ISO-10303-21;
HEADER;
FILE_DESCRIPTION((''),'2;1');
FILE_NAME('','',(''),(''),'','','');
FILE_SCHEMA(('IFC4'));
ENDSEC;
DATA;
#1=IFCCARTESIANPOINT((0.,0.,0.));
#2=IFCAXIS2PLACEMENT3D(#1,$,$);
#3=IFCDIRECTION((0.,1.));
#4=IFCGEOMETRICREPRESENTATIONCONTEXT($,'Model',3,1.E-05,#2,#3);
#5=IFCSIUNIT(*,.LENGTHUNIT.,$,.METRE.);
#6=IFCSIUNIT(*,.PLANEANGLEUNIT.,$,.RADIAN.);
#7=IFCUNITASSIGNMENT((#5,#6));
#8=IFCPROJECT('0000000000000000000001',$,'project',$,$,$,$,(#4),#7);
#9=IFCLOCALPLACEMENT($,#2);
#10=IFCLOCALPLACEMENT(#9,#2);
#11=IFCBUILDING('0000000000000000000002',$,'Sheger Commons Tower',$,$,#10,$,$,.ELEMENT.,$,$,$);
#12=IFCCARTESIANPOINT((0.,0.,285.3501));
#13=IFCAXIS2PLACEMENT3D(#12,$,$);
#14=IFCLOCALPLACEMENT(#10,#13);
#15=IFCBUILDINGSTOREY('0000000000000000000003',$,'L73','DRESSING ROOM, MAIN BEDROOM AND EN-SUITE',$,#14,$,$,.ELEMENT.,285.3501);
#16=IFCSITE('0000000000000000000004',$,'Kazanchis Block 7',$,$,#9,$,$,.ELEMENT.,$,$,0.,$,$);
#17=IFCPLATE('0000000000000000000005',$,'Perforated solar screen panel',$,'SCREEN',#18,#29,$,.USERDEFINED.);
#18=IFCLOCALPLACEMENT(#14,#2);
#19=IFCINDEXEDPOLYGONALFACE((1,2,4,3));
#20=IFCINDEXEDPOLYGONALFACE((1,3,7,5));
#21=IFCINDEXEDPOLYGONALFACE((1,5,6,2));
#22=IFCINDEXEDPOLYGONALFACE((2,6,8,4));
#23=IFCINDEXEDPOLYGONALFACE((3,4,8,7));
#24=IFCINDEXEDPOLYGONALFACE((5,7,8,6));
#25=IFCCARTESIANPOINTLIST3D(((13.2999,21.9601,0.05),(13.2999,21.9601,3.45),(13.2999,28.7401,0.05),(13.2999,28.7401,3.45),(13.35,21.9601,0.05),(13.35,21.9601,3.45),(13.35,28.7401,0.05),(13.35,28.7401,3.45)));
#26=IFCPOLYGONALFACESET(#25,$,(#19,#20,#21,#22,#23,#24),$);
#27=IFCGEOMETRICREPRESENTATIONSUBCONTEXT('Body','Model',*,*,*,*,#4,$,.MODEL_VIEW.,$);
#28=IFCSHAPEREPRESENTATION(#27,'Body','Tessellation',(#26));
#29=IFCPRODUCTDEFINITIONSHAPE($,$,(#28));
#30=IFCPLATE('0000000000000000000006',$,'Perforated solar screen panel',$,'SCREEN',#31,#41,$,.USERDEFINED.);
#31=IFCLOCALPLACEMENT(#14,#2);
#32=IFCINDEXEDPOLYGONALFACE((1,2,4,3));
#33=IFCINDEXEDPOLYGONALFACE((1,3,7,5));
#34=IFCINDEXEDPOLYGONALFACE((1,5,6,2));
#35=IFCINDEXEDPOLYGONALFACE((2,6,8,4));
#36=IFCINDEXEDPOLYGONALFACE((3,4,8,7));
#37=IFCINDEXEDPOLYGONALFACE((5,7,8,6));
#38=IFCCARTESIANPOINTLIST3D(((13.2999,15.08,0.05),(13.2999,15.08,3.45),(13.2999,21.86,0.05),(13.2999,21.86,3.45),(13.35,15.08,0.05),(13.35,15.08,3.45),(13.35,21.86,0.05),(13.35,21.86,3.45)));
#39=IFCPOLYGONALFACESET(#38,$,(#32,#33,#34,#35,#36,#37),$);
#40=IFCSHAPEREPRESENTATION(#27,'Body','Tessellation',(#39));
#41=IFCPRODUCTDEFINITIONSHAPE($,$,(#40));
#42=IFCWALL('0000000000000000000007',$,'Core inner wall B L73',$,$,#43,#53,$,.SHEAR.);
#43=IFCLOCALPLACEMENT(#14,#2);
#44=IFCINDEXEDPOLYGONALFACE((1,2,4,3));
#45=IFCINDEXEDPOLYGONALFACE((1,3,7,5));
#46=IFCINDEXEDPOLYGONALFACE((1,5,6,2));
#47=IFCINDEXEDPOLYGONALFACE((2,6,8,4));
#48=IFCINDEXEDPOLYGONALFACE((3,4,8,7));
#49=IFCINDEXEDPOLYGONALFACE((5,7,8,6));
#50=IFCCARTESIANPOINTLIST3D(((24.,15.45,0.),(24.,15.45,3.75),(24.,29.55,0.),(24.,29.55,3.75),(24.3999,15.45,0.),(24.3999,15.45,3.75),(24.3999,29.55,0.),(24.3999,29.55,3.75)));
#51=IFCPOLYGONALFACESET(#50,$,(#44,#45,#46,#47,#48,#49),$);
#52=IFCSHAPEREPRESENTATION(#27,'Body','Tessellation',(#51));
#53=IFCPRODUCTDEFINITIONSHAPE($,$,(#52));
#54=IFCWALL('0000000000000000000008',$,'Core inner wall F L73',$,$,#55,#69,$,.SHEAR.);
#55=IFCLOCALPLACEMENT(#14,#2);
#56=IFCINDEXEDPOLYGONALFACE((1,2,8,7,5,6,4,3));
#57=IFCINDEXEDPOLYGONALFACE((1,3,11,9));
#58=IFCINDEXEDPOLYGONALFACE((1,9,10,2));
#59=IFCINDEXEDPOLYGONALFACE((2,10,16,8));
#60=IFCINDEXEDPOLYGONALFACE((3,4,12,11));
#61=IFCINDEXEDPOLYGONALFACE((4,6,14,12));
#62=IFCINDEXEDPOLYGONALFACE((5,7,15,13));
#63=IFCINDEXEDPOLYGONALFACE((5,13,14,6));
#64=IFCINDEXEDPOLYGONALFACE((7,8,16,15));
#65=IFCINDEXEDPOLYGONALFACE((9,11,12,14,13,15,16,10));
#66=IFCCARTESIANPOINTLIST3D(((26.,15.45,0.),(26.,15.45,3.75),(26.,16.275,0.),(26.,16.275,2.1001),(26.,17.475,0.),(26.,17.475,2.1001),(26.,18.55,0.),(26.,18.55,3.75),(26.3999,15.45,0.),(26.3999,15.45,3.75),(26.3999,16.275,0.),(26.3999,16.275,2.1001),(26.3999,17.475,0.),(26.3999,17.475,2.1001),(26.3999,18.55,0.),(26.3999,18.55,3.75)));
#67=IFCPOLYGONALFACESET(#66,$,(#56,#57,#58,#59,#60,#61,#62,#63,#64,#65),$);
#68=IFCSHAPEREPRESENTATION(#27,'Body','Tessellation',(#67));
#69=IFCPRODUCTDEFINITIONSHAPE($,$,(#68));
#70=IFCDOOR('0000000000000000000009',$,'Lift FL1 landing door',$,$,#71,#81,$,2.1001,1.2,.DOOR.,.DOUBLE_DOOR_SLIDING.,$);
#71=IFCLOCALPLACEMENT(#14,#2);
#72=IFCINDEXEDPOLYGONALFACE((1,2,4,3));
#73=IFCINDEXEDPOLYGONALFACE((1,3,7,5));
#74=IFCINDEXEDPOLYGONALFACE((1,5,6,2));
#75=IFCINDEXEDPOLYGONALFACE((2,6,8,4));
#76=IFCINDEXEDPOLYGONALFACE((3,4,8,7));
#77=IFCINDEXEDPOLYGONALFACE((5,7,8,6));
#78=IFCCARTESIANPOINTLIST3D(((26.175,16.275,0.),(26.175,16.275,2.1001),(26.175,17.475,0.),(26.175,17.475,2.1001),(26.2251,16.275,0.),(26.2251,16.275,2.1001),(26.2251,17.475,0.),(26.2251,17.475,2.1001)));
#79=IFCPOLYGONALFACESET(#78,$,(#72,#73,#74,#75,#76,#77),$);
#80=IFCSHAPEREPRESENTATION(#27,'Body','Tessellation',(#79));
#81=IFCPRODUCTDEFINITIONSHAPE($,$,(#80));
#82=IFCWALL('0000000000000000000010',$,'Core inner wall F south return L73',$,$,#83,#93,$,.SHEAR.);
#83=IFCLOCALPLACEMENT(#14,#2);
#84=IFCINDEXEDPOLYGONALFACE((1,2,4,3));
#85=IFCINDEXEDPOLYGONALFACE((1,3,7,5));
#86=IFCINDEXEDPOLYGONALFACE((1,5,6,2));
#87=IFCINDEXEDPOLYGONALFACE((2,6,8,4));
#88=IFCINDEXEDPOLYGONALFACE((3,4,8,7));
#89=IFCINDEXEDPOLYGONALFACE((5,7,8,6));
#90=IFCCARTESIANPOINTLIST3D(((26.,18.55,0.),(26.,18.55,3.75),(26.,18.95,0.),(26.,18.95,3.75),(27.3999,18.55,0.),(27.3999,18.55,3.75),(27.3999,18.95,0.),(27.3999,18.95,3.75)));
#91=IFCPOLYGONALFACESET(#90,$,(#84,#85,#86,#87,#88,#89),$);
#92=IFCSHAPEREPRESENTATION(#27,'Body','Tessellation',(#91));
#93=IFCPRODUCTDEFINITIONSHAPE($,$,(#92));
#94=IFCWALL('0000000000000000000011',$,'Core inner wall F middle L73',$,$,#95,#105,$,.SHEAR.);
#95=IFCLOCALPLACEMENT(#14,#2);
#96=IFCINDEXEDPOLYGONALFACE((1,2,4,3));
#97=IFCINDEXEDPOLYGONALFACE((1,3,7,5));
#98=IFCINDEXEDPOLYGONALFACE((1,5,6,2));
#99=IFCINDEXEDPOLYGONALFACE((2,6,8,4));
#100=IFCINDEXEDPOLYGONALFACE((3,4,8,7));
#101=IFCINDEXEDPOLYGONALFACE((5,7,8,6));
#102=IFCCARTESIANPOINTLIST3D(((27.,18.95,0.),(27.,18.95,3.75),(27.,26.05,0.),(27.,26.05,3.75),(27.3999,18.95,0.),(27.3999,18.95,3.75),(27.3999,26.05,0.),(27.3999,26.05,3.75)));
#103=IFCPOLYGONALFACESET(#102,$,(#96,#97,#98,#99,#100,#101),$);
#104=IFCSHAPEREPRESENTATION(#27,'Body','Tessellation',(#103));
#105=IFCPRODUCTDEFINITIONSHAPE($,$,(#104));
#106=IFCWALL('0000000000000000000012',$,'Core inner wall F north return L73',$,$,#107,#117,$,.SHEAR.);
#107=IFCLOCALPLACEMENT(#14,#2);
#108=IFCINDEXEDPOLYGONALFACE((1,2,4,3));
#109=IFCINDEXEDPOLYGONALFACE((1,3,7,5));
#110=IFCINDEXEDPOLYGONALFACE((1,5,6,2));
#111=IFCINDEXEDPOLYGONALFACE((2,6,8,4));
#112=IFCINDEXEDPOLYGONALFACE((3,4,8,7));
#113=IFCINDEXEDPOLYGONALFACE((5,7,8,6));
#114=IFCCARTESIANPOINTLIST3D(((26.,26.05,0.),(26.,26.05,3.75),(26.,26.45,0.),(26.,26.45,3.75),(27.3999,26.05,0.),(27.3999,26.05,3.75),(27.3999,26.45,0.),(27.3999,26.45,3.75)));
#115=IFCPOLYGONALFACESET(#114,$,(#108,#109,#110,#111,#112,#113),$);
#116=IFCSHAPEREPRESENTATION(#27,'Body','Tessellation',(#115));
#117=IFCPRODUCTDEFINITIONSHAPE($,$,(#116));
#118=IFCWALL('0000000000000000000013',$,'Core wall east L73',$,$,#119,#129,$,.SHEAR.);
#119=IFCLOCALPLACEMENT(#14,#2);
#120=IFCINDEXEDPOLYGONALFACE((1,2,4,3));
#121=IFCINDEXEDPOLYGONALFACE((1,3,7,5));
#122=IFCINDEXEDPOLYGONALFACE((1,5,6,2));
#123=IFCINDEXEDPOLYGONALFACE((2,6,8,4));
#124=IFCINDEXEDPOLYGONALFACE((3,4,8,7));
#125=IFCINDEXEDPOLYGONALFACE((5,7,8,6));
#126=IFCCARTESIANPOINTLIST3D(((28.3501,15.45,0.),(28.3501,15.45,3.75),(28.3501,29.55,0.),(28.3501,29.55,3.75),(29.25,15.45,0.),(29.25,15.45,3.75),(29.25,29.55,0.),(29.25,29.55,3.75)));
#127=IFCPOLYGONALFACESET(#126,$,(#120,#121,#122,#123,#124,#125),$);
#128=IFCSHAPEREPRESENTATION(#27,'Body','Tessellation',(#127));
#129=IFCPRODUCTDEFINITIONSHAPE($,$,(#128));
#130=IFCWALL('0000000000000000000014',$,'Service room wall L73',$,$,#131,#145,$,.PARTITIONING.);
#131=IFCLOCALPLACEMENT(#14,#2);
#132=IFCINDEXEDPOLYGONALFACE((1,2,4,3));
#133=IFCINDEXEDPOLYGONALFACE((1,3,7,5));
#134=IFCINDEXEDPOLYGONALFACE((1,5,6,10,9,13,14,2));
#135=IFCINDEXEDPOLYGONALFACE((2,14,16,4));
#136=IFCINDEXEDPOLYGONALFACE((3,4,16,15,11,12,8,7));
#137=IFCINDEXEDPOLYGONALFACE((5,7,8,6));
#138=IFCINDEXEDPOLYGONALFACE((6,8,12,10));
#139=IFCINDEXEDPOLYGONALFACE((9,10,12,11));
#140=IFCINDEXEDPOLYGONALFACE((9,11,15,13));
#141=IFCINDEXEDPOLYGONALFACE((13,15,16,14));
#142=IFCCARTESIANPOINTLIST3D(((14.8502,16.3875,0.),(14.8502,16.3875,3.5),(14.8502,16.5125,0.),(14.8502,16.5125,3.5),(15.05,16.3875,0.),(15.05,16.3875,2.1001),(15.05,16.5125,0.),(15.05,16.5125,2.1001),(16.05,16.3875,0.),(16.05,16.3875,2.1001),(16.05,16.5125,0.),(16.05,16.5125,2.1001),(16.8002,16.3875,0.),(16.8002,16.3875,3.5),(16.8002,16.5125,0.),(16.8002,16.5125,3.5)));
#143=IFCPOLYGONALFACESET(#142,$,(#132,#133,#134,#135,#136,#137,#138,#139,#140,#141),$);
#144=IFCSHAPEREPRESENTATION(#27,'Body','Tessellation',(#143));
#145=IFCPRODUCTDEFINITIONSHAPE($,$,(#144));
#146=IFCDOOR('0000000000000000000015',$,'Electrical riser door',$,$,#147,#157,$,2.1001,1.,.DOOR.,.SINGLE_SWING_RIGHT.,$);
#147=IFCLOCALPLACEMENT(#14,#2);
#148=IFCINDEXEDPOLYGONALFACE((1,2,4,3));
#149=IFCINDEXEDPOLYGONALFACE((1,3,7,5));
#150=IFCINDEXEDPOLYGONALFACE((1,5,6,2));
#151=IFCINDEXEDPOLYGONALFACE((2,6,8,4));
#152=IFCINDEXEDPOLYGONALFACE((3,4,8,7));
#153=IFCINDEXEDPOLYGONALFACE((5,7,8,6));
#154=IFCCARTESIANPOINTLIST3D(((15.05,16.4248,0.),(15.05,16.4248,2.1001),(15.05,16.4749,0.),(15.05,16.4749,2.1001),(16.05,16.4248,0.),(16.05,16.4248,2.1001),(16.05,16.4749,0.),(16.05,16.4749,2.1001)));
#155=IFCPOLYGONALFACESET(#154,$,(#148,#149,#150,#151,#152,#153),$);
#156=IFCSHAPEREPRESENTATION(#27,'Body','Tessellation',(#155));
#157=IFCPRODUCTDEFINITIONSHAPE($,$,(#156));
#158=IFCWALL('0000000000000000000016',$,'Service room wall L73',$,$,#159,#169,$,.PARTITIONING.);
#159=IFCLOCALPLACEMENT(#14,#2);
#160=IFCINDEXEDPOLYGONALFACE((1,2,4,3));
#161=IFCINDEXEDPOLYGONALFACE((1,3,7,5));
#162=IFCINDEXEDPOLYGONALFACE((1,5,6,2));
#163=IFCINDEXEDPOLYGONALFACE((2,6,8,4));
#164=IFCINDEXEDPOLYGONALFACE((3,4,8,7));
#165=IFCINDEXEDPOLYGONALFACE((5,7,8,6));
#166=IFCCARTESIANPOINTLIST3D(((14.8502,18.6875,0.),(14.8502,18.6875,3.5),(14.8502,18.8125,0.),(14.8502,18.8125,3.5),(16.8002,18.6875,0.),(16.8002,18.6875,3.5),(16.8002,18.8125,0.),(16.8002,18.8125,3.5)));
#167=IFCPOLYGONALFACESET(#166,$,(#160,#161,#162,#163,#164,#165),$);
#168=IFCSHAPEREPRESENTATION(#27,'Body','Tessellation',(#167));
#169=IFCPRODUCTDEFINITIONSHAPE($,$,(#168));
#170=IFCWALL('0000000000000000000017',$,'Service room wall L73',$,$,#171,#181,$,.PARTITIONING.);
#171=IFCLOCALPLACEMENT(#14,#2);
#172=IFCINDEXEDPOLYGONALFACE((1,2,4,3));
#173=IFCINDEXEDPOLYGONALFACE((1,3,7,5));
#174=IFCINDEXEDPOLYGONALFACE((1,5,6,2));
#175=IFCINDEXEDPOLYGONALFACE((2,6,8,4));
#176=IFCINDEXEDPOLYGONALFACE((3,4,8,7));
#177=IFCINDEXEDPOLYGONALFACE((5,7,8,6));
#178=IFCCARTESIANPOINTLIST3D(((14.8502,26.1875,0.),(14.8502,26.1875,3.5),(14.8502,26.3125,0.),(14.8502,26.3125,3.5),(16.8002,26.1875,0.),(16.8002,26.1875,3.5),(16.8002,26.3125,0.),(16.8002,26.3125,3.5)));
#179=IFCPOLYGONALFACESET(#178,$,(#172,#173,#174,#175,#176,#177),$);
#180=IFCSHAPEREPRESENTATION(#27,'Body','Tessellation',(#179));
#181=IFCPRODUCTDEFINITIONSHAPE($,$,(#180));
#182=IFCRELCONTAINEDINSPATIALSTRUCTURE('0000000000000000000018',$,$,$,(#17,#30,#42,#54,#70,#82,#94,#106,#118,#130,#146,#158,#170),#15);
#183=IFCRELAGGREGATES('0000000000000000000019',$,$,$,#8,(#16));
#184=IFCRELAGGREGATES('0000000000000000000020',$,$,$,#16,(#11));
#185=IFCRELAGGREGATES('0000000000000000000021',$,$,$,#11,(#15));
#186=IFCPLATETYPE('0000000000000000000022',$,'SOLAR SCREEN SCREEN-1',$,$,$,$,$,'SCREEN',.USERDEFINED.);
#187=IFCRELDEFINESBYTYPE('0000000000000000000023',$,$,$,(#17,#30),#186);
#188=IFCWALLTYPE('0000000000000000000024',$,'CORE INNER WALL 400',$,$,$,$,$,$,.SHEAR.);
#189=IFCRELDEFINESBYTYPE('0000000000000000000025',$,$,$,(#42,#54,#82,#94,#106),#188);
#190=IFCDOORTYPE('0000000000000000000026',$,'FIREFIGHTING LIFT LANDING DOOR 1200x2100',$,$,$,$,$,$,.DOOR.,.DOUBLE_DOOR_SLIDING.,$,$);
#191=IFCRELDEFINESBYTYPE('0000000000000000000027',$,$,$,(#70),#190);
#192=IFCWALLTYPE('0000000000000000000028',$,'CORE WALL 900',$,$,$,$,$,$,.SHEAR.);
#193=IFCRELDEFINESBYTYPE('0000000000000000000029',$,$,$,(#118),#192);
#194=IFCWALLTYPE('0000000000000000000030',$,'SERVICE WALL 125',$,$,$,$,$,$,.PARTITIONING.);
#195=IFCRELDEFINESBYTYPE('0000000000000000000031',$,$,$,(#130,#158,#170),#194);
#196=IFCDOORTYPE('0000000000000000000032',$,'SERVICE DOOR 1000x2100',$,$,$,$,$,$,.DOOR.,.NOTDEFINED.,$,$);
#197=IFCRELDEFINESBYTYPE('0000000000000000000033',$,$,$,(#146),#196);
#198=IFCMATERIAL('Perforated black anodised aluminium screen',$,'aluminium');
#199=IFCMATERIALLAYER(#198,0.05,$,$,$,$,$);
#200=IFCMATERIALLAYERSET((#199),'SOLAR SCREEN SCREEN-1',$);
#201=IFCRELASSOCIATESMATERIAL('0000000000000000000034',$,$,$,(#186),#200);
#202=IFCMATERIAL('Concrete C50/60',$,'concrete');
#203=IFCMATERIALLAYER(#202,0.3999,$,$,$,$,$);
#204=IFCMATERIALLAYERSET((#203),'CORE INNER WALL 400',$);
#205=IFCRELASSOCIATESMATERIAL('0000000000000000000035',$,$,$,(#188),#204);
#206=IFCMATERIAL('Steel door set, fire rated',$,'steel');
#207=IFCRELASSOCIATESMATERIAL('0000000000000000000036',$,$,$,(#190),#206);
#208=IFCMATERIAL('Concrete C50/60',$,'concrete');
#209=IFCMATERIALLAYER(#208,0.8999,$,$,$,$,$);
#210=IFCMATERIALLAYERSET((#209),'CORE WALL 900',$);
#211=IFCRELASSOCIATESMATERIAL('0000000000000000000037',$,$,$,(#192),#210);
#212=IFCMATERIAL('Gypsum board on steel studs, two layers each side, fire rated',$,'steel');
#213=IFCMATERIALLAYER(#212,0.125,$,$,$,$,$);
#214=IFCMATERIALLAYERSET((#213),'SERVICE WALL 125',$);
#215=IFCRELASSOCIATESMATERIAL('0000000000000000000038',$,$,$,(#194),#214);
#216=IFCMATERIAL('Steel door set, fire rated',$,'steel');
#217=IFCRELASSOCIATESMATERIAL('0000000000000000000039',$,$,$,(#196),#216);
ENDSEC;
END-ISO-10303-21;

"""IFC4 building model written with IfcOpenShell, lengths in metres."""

from ifc_helpers import new_model, si_unit, direction, frame, frame_2d, origin, origin_2d, place, context, subcontext, project, spatial, rectangle, extrude, material, layer, layer_set, type_object, element, fill, save


model = new_model("IFC4")

# Units and contexts
model_context = context("Model", 3, precision=1e-05, world=origin(), true_north=direction((0.0, 1.0)))
body_context = subcontext(model_context, "Body", "Model", "MODEL_VIEW")
ifc_project = project(units=[si_unit("LENGTHUNIT", "METRE"), si_unit("PLANEANGLEUNIT", "RADIAN")], contexts=[model_context])

# Site, building, storey
site_placement = place(None, origin())
site = spatial("IfcSite", under=ifc_project, at=site_placement, Name="Kazanchis Block 7", CompositionType="ELEMENT", RefElevation=0.0)
building_placement = place(site_placement, origin())
building = spatial("IfcBuilding", under=site, at=building_placement, Name="Sheger Commons Tower", CompositionType="ELEMENT")
storey_placement = place(building_placement, frame((0.0, 0.0, 285.3501)))
storey = spatial("IfcBuildingStorey", under=building, at=storey_placement, Name="L73", Description="DRESSING ROOM, MAIN BEDROOM AND EN-SUITE", CompositionType="ELEMENT", Elevation=285.3501)

# Plates
ifc_material_1 = material(Name="Perforated black anodised aluminium screen", Category="aluminium")
ifc_layer_1 = layer(ifc_material_1, 0.05)
ifc_layer_set_1 = layer_set([ifc_layer_1], Name="SOLAR SCREEN SCREEN-1")
plate_type = type_object("IfcPlateType", Name="SOLAR SCREEN SCREEN-1", ElementType="SCREEN", PredefinedType="USERDEFINED", material=ifc_layer_set_1)
for number, where, z_axis, x_axis, name in (
    (1, (13.325, 25.3501, 0.05), (0.0, 0.0, 1.0), (0.0, -1.0, 0.0), "Perforated solar screen panel"),
    (2, (13.325, 18.47, 0.05), (0.0, 0.0, 1.0), (0.0, -1.0, 0.0), "Perforated solar screen panel"),
):
    element("IfcPlate", number, at=place(storey_placement, frame(where, z_axis=z_axis, x_axis=x_axis)), inside=storey, type_object=plate_type, Name=name, ObjectType="SCREEN", PredefinedType="USERDEFINED", context=body_context, shape_type="SweptSolid", body=[
        extrude(rectangle(XDim=6.78, YDim=0.05, at=origin_2d()), origin(), (0.0, 0.0, 1.0), 3.3999),
    ])

# Wall
ifc_material_2 = material(Name="Concrete C50/60", Category="concrete")
ifc_layer_2 = layer(ifc_material_2, 0.3999)
ifc_layer_set_2 = layer_set([ifc_layer_2], Name="CORE INNER WALL 400")
wall_type_1 = type_object("IfcWallType", Name="CORE INNER WALL 400", PredefinedType="SHEAR", material=ifc_layer_set_2)
wall_1_placement = place(storey_placement, frame((24.2, 15.45, 0.0), z_axis=(0.0, 0.0, 1.0), x_axis=(0.0, 1.0, 0.0)))
element("IfcWall", 3, at=wall_1_placement, inside=storey, type_object=wall_type_1, Name="Core inner wall B L73", PredefinedType="SHEAR", context=body_context, shape_type="SweptSolid", body=[
    extrude(rectangle(XDim=14.1001, YDim=0.3999, at=frame_2d((7.05, 0.0))), origin(), (0.0, 0.0, 1.0), 3.75),
])

# Wall, opening, door
wall_2_placement = place(storey_placement, frame((26.2, 15.45, 0.0), z_axis=(0.0, 0.0, 1.0), x_axis=(0.0, 1.0, 0.0)))
wall_2 = element("IfcWall", 4, at=wall_2_placement, inside=storey, type_object=wall_type_1, Name="Core inner wall F L73", PredefinedType="SHEAR", context=body_context, shape_type="SweptSolid", body=[
    extrude(rectangle(XDim=3.1001, YDim=0.3999, at=frame_2d((1.55, 0.0))), origin(), (0.0, 0.0, 1.0), 3.75),
])
opening_1_placement = place(wall_2_placement, frame((0.825, 0.0, 0.0)))
opening_1 = element("IfcOpeningElement", 5, at=opening_1_placement, cuts=wall_2, PredefinedType="OPENING", context=body_context, shape_type="SweptSolid", body=[
    extrude(rectangle(XDim=1.2, YDim=2.1001, at=frame_2d((0.6001, 1.05))), frame((0.0, 0.21, 0.0), z_axis=(0.0, -1.0, 0.0), x_axis=(1.0, 0.0, 0.0)), (0.0, 0.0, 1.0), 0.4199),
])
ifc_material_3 = material(Name="Steel door set, fire rated", Category="steel")
door_type_1 = type_object("IfcDoorType", Name="FIREFIGHTING LIFT LANDING DOOR 1200x2100", OperationType="DOUBLE_DOOR_SLIDING", PredefinedType="DOOR", material=ifc_material_3)
door_1_placement = place(opening_1_placement, origin())
door_1 = element("IfcDoor", 6, at=door_1_placement, inside=storey, type_object=door_type_1, Name="Lift FL1 landing door", OperationType="DOUBLE_DOOR_SLIDING", OverallHeight=2.1001, OverallWidth=1.2, PredefinedType="DOOR", context=body_context, shape_type="SweptSolid", body=[
    extrude(rectangle(XDim=1.2, YDim=2.1001, at=frame_2d((0.6001, 1.05))), frame((0.0, 0.0249, 0.0), z_axis=(0.0, -1.0, 0.0), x_axis=(1.0, 0.0, 0.0)), (0.0, 0.0, 1.0), 0.05),
])
fill(opening_1, door_1)

# Walls
wall_3_placement = place(storey_placement, frame((26.0, 18.75, 0.0), z_axis=(0.0, 0.0, 1.0), x_axis=(1.0, 0.0, 0.0)))
element("IfcWall", 7, at=wall_3_placement, inside=storey, type_object=wall_type_1, Name="Core inner wall F south return L73", PredefinedType="SHEAR", context=body_context, shape_type="SweptSolid", body=[
    extrude(rectangle(XDim=1.3999, YDim=0.3999, at=frame_2d((0.7, 0.0))), origin(), (0.0, 0.0, 1.0), 3.75),
])
wall_4_placement = place(storey_placement, frame((27.2, 18.95, 0.0), z_axis=(0.0, 0.0, 1.0), x_axis=(0.0, 1.0, 0.0)))
element("IfcWall", 8, at=wall_4_placement, inside=storey, type_object=wall_type_1, Name="Core inner wall F middle L73", PredefinedType="SHEAR", context=body_context, shape_type="SweptSolid", body=[
    extrude(rectangle(XDim=7.1001, YDim=0.3999, at=frame_2d((3.55, 0.0))), origin(), (0.0, 0.0, 1.0), 3.75),
])
wall_5_placement = place(storey_placement, frame((26.0, 26.25, 0.0), z_axis=(0.0, 0.0, 1.0), x_axis=(1.0, 0.0, 0.0)))
element("IfcWall", 9, at=wall_5_placement, inside=storey, type_object=wall_type_1, Name="Core inner wall F north return L73", PredefinedType="SHEAR", context=body_context, shape_type="SweptSolid", body=[
    extrude(rectangle(XDim=1.3999, YDim=0.3999, at=frame_2d((0.7, 0.0))), origin(), (0.0, 0.0, 1.0), 3.75),
])
ifc_material_4 = material(Name="Concrete C50/60", Category="concrete")
ifc_layer_3 = layer(ifc_material_4, 0.8999)
ifc_layer_set_3 = layer_set([ifc_layer_3], Name="CORE WALL 900")
wall_type_2 = type_object("IfcWallType", Name="CORE WALL 900", PredefinedType="SHEAR", material=ifc_layer_set_3)
wall_6_placement = place(storey_placement, frame((28.8, 15.45, 0.0), z_axis=(0.0, 0.0, 1.0), x_axis=(0.0, 1.0, 0.0)))
element("IfcWall", 10, at=wall_6_placement, inside=storey, type_object=wall_type_2, Name="Core wall east L73", PredefinedType="SHEAR", context=body_context, shape_type="SweptSolid", body=[
    extrude(rectangle(XDim=14.1001, YDim=0.8999, at=frame_2d((7.05, 0.0))), origin(), (0.0, 0.0, 1.0), 3.75),
])

# Wall, opening, door
ifc_material_5 = material(Name="Gypsum board on steel studs, two layers each side, fire rated", Category="steel")
ifc_layer_4 = layer(ifc_material_5, 0.125)
ifc_layer_set_4 = layer_set([ifc_layer_4], Name="SERVICE WALL 125")
wall_type_3 = type_object("IfcWallType", Name="SERVICE WALL 125", PredefinedType="PARTITIONING", material=ifc_layer_set_4)
wall_7_placement = place(storey_placement, frame((14.8501, 16.45, 0.0), z_axis=(0.0, 0.0, 1.0), x_axis=(1.0, 0.0, 0.0)))
wall_7 = element("IfcWall", 11, at=wall_7_placement, inside=storey, type_object=wall_type_3, Name="Service room wall L73", PredefinedType="PARTITIONING", context=body_context, shape_type="SweptSolid", body=[
    extrude(rectangle(XDim=1.95, YDim=0.125, at=frame_2d((0.9751, 0.0))), origin(), (0.0, 0.0, 1.0), 3.5),
])
opening_2_placement = place(wall_7_placement, frame((0.2, 0.0, 0.0)))
opening_2 = element("IfcOpeningElement", 12, at=opening_2_placement, cuts=wall_7, PredefinedType="OPENING", context=body_context, shape_type="SweptSolid", body=[
    extrude(rectangle(XDim=1.0, YDim=2.1001, at=frame_2d((0.5, 1.05))), frame((0.0, 0.0725, 0.0), z_axis=(0.0, -1.0, 0.0), x_axis=(1.0, 0.0, 0.0)), (0.0, 0.0, 1.0), 0.145),
])
ifc_material_6 = material(Name="Steel door set, fire rated", Category="steel")
door_type_2 = type_object("IfcDoorType", Name="SERVICE DOOR 1000x2100", OperationType="NOTDEFINED", PredefinedType="DOOR", material=ifc_material_6)
door_2_placement = place(opening_2_placement, origin())
door_2 = element("IfcDoor", 13, at=door_2_placement, inside=storey, type_object=door_type_2, Name="Electrical riser door", OperationType="SINGLE_SWING_RIGHT", OverallHeight=2.1001, OverallWidth=1.0, PredefinedType="DOOR", context=body_context, shape_type="SweptSolid", body=[
    extrude(rectangle(XDim=1.0, YDim=2.1001, at=frame_2d((0.5, 1.05))), frame((0.0, 0.0249, 0.0), z_axis=(0.0, -1.0, 0.0), x_axis=(1.0, 0.0, 0.0)), (0.0, 0.0, 1.0), 0.05),
])
fill(opening_2, door_2)

# Walls
for number, where, z_axis, x_axis, name in (
    (14, (14.8501, 18.75, 0.0), (0.0, 0.0, 1.0), (1.0, 0.0, 0.0), "Service room wall L73"),
    (15, (14.8501, 26.25, 0.0), (0.0, 0.0, 1.0), (1.0, 0.0, 0.0), "Service room wall L73"),
):
    element("IfcWall", number, at=place(storey_placement, frame(where, z_axis=z_axis, x_axis=x_axis)), inside=storey, type_object=wall_type_3, Name=name, PredefinedType="PARTITIONING", context=body_context, shape_type="SweptSolid", body=[
        extrude(rectangle(XDim=1.95, YDim=0.125, at=frame_2d((0.9751, 0.0))), origin(), (0.0, 0.0, 1.0), 3.5),
    ])

save(model, "model.ifc")
